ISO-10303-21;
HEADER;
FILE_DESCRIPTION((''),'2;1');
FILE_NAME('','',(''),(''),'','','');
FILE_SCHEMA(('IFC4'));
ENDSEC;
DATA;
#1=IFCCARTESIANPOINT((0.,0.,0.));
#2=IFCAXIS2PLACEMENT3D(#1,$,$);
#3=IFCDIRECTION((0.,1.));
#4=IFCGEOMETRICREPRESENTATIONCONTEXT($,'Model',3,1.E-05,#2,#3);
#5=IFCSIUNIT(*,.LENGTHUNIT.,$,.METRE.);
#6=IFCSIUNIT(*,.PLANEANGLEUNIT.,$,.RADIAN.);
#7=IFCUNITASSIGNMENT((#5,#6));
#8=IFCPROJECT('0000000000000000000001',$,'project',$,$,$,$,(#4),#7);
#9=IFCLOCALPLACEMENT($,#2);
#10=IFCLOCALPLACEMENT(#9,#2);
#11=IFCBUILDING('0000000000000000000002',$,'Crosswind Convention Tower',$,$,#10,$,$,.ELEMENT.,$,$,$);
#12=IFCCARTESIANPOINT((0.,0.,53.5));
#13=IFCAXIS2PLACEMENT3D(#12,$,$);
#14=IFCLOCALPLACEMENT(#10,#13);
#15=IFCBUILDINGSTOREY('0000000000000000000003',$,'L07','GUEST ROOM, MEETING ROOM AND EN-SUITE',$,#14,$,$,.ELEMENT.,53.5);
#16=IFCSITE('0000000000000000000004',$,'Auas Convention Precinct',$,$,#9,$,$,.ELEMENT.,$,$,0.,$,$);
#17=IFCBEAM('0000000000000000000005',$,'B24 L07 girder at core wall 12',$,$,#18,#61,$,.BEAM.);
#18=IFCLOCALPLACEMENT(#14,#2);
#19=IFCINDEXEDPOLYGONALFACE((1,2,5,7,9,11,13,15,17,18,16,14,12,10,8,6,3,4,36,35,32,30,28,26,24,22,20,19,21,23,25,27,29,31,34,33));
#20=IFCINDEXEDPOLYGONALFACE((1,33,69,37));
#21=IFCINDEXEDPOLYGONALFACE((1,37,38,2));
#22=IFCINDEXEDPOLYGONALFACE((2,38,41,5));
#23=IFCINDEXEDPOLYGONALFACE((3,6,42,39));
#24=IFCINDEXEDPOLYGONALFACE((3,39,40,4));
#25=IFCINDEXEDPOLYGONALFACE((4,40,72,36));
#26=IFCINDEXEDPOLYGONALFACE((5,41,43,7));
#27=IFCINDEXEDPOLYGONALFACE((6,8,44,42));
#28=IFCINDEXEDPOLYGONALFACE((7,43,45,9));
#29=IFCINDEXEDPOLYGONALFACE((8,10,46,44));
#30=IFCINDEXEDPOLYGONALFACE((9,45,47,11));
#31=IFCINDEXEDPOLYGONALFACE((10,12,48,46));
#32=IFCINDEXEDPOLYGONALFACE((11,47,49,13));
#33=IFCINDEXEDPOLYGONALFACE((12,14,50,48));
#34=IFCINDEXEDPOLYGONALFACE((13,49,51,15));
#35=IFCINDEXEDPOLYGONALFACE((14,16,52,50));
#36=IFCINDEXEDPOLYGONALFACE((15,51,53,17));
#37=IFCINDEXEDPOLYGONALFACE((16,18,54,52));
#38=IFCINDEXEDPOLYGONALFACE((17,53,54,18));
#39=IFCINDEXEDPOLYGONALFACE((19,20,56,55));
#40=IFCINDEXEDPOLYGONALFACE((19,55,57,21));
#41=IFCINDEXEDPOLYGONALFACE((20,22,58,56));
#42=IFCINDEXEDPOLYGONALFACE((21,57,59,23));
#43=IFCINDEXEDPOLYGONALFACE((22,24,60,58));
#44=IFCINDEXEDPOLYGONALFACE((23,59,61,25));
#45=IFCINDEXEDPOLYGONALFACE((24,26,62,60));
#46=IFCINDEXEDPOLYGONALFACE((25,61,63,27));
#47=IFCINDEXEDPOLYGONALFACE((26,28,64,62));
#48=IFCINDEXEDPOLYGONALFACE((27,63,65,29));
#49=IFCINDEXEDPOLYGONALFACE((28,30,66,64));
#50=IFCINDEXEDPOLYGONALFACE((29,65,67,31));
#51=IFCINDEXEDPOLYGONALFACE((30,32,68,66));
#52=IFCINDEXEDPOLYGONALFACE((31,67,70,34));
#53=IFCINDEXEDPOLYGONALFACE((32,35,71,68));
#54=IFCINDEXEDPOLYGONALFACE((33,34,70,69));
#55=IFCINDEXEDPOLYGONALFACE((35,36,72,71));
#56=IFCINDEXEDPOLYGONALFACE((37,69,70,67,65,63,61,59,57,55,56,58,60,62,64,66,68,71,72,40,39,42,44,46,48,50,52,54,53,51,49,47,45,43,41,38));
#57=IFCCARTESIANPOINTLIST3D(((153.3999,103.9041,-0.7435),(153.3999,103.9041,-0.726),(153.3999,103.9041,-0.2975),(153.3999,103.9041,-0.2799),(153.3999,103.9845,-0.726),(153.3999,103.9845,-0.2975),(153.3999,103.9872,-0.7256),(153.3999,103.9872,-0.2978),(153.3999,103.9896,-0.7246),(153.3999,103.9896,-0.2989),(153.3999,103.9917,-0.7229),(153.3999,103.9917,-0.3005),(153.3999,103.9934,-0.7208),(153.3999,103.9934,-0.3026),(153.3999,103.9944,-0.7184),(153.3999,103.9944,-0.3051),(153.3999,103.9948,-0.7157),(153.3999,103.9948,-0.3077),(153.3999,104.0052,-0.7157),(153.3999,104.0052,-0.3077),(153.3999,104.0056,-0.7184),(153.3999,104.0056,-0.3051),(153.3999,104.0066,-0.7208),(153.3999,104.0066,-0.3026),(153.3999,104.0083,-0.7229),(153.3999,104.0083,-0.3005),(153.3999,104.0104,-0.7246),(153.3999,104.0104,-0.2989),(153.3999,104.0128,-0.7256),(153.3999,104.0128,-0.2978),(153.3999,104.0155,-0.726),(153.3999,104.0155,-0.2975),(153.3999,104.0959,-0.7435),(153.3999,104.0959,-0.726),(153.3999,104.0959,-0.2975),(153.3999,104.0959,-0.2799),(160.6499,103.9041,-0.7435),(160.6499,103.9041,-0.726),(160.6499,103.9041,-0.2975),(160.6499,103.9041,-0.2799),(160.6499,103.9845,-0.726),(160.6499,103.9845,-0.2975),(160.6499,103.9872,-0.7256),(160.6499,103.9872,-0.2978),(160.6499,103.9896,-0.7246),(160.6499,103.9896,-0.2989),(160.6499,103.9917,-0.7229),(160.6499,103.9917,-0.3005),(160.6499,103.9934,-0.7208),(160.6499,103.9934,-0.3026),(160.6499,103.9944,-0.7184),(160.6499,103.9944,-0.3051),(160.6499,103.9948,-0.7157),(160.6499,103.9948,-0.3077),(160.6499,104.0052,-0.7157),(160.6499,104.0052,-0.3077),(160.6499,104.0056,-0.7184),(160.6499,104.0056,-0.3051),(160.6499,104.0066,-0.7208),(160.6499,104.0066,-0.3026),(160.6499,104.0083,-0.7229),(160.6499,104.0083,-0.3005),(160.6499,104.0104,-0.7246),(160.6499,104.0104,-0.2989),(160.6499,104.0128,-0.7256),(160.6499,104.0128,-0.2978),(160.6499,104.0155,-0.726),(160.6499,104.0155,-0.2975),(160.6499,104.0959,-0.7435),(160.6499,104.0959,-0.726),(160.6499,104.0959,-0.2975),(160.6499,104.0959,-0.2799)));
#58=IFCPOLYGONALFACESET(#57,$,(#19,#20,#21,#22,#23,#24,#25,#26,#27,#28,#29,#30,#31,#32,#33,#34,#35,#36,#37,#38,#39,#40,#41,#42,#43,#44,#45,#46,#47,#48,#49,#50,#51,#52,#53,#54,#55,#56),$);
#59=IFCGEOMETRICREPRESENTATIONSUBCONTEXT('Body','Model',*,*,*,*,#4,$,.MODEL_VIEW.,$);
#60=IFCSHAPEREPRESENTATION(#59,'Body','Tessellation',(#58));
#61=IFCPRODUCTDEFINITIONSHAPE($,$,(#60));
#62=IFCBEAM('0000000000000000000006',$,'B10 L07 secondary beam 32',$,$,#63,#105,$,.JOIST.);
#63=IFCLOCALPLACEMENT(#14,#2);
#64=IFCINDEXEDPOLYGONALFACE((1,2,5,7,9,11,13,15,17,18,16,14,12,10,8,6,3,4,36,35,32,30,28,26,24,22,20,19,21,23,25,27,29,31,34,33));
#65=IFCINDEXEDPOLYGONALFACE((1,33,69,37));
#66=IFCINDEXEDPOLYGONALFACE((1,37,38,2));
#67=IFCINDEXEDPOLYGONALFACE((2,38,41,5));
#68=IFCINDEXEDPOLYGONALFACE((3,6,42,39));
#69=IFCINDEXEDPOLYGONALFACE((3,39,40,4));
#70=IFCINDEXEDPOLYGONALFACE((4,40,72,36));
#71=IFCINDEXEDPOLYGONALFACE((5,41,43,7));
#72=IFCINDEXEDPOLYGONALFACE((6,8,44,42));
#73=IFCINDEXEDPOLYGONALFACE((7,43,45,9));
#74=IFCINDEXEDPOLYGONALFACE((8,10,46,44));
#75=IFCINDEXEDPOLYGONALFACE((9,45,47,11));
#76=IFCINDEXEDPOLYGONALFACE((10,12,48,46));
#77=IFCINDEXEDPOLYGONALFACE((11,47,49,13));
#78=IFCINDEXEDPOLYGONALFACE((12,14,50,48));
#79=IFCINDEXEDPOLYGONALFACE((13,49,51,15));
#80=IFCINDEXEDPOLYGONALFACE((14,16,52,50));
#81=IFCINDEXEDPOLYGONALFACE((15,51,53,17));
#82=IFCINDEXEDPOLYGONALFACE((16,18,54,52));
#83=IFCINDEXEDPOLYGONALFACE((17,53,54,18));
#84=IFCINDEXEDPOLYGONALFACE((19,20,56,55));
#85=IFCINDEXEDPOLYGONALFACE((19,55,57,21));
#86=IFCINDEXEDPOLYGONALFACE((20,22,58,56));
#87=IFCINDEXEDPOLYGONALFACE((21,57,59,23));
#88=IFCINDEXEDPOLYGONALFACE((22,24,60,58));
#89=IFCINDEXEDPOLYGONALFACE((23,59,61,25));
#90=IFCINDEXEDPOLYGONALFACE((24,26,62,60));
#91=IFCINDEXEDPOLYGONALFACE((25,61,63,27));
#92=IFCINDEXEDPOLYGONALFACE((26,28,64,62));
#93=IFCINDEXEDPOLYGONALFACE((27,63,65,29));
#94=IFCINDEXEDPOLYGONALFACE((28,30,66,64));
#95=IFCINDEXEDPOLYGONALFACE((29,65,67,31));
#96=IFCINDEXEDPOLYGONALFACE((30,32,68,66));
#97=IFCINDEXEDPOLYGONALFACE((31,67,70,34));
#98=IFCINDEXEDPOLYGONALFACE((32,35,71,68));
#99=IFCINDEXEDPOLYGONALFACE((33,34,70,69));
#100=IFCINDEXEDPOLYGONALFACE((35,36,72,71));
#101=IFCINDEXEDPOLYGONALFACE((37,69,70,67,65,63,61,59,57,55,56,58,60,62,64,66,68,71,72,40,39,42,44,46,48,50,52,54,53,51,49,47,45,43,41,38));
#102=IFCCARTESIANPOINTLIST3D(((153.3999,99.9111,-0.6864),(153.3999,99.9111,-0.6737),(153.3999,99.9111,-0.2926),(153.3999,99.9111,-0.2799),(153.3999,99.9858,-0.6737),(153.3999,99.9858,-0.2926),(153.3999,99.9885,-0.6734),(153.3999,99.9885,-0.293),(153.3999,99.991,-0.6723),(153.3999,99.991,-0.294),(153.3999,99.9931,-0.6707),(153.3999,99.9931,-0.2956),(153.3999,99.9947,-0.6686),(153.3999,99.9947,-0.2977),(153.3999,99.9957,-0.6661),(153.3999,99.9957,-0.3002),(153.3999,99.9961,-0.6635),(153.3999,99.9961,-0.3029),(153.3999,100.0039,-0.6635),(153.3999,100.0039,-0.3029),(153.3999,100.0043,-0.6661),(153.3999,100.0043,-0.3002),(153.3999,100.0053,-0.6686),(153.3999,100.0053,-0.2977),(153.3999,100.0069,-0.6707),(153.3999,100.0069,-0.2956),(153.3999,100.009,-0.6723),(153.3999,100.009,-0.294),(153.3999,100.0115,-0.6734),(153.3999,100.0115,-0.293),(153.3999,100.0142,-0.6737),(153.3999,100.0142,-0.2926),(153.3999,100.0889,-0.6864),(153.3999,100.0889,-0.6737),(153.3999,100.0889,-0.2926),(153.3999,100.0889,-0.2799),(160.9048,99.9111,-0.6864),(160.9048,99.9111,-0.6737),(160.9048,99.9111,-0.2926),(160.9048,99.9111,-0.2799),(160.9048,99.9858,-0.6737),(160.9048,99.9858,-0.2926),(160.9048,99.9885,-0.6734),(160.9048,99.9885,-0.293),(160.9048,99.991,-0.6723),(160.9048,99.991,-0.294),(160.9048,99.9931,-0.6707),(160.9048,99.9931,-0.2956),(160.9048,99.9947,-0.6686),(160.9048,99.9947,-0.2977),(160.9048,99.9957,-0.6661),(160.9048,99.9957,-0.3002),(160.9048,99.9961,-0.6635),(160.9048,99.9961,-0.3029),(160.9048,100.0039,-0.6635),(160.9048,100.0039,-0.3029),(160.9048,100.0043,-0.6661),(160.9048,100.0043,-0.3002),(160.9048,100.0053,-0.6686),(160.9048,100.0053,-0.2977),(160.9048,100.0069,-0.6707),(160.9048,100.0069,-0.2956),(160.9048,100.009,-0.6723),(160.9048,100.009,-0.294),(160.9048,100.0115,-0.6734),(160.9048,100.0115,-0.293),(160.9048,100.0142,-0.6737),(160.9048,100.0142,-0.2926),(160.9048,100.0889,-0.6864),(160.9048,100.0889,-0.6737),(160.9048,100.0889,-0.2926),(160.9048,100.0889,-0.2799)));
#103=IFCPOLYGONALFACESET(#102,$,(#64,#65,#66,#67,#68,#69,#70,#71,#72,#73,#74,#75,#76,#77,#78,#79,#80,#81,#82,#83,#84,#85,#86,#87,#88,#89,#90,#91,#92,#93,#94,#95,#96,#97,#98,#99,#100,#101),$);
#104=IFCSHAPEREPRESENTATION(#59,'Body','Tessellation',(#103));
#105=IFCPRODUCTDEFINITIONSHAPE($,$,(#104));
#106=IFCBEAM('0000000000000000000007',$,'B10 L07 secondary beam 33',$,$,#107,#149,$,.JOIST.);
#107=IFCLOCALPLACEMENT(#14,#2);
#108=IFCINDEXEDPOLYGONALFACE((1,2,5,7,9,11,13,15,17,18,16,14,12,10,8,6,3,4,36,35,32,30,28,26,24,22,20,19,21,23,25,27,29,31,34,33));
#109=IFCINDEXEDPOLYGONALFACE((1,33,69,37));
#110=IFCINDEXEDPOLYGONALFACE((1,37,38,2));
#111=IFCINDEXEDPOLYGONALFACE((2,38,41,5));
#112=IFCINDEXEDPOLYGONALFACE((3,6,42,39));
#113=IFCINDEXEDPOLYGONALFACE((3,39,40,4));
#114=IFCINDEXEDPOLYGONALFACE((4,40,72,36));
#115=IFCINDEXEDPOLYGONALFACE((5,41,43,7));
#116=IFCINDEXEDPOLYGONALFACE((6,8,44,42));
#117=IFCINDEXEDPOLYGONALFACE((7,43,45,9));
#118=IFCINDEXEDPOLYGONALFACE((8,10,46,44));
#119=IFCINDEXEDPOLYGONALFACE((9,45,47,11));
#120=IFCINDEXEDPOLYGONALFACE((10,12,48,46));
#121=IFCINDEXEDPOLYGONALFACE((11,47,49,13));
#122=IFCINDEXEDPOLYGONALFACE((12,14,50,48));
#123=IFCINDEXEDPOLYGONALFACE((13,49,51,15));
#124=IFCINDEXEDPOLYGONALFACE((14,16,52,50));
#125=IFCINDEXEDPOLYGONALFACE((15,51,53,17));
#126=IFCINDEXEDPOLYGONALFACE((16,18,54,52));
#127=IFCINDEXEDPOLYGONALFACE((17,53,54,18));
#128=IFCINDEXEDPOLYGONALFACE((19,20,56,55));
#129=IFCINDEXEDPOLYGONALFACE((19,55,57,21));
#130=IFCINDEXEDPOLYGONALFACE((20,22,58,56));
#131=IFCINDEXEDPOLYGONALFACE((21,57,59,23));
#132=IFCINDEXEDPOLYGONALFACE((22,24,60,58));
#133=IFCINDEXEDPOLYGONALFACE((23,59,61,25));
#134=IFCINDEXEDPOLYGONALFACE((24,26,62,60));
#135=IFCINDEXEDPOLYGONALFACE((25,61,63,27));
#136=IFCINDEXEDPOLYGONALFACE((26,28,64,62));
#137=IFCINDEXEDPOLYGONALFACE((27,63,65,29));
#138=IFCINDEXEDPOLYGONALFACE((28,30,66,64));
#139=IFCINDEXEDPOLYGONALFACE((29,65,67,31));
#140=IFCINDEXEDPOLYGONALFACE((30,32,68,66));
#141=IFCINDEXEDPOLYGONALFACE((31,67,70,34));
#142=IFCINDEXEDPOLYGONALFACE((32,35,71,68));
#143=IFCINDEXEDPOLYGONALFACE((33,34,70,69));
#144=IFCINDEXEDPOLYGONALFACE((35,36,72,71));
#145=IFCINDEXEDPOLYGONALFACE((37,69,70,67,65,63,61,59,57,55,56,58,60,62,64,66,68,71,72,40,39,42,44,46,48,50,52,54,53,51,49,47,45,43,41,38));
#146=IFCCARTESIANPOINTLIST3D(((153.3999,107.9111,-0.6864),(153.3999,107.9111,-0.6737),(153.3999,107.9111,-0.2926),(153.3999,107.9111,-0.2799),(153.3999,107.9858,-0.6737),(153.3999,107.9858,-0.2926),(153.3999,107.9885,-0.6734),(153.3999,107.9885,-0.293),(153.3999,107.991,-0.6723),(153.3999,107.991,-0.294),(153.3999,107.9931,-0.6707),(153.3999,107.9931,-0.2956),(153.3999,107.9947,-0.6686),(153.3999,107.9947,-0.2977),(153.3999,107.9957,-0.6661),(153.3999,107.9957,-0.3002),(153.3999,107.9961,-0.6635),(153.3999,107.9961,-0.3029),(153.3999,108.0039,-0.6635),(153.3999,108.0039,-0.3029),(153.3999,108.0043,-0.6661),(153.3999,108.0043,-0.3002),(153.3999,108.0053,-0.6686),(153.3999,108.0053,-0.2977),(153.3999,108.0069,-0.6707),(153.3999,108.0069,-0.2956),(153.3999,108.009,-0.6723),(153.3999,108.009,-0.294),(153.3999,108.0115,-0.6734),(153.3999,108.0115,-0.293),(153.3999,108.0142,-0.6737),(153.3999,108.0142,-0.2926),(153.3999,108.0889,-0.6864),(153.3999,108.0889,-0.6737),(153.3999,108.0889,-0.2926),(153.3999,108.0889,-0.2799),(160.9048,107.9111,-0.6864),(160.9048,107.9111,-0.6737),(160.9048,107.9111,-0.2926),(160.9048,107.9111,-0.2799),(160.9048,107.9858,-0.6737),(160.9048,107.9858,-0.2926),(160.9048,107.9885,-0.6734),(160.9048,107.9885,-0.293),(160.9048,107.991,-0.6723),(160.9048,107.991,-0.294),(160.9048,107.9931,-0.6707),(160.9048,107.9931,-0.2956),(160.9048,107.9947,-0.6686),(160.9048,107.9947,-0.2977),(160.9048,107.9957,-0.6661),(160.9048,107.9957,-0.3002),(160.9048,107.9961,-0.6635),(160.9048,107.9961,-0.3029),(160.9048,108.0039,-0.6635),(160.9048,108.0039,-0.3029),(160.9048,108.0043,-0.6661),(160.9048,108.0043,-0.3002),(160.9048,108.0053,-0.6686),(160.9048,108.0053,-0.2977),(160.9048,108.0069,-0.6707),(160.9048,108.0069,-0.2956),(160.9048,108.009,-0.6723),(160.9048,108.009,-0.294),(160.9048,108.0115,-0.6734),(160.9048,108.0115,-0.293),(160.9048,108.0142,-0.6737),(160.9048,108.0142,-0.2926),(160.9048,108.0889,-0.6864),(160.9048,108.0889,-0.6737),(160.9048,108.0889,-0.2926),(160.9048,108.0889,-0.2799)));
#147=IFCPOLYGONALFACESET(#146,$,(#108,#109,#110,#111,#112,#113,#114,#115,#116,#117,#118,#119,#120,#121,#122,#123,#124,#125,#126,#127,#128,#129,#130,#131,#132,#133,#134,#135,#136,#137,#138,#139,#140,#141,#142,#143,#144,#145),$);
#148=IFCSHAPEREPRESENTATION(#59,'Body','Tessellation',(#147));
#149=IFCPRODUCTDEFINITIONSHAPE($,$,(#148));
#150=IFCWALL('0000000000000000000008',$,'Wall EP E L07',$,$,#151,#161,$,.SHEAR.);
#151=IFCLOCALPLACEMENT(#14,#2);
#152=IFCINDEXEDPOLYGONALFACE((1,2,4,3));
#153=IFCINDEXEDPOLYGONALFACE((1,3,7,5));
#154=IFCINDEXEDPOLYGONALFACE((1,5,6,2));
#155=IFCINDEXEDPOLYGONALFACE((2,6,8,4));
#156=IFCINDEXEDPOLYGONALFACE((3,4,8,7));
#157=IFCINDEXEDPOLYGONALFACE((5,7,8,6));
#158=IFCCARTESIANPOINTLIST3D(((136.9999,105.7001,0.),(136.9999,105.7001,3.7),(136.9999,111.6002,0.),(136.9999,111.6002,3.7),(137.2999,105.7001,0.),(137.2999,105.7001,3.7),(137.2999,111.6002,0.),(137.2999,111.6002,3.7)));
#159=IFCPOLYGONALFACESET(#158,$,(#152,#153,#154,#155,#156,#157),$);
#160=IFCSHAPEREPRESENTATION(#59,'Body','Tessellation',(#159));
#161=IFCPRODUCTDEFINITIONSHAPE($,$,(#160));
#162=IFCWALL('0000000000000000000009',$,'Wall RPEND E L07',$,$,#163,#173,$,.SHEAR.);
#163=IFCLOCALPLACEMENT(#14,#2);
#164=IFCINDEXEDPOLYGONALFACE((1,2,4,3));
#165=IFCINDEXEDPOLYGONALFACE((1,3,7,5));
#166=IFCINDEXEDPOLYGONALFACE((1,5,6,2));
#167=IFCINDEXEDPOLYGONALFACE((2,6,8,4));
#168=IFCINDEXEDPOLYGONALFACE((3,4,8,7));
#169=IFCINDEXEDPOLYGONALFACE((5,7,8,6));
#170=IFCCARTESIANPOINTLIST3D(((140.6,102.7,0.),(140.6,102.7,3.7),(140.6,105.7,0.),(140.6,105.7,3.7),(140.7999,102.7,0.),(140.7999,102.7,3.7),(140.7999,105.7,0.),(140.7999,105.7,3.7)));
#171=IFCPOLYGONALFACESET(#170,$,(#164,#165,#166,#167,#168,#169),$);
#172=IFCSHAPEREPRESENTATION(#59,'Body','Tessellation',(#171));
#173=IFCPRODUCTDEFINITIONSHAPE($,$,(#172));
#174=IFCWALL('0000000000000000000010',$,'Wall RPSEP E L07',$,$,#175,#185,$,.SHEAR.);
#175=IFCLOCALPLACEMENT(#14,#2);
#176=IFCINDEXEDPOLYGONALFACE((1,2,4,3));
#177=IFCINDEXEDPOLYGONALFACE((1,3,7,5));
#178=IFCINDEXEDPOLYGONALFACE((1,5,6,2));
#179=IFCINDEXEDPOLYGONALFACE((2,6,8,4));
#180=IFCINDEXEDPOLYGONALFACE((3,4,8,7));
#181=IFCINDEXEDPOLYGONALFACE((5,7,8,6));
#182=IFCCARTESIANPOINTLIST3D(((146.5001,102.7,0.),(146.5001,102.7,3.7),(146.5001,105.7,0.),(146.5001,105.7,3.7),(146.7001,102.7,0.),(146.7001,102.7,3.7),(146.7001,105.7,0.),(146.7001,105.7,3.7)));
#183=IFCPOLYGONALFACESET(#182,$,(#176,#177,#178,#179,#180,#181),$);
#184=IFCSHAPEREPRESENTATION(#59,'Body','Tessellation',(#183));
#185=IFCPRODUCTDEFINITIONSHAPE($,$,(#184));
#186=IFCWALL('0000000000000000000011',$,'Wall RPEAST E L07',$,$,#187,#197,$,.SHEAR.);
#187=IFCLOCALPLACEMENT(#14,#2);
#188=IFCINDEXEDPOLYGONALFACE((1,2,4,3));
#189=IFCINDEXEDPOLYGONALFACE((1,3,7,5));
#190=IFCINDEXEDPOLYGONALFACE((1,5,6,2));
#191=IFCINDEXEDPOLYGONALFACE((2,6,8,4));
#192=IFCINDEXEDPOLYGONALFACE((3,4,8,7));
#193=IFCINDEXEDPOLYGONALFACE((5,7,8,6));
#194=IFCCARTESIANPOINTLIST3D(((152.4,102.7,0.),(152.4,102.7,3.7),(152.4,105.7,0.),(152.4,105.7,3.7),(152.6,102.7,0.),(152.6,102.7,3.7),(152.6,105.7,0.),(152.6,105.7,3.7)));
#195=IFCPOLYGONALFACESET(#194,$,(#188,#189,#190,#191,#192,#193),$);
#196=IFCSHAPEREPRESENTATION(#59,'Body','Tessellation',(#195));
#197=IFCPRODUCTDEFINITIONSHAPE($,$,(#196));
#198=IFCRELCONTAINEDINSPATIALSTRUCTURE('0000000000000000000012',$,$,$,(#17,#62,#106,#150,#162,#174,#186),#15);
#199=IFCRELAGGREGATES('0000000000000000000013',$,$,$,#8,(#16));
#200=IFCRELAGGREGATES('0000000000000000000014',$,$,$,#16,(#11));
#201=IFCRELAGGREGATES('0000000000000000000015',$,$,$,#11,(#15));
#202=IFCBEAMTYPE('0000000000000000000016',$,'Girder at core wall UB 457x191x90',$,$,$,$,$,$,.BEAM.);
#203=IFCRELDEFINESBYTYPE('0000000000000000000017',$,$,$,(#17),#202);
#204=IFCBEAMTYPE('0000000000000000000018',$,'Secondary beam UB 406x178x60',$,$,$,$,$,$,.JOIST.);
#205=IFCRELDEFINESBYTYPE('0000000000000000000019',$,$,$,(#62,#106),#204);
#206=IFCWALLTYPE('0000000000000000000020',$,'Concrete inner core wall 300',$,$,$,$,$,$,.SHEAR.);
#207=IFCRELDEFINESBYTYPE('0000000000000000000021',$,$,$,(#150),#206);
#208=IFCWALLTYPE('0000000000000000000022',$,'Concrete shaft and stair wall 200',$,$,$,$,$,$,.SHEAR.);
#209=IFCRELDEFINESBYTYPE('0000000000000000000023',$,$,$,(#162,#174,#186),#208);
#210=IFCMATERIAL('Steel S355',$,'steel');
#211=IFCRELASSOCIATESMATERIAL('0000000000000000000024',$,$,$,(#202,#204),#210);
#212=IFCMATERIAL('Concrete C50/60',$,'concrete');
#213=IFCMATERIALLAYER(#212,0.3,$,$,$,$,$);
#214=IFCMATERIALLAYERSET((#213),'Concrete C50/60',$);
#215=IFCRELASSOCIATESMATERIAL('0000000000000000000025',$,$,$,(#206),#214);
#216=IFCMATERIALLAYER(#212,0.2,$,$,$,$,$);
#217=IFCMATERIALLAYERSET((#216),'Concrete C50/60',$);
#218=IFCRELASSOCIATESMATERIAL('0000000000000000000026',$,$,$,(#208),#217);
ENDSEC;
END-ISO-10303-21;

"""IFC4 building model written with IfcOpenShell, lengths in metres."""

from ifc_helpers import new_model, si_unit, direction, frame, frame_2d, origin, origin_2d, place, context, subcontext, project, spatial, rectangle, i_section, extrude, material, layer, layer_set, material_profile, profile_set, type_object, element, save


model = new_model("IFC4")

# Units and contexts
model_context = context("Model", 3, precision=1e-05, world=origin(), true_north=direction((0.0, 1.0)))
body_context = subcontext(model_context, "Body", "Model", "MODEL_VIEW")
ifc_project = project(units=[si_unit("LENGTHUNIT", "METRE"), si_unit("PLANEANGLEUNIT", "RADIAN")], contexts=[model_context])

# Site, building, storey
site_placement = place(None, origin())
site = spatial("IfcSite", under=ifc_project, at=site_placement, Name="Auas Convention Precinct", CompositionType="ELEMENT", RefElevation=0.0)
building_placement = place(site_placement, origin())
building = spatial("IfcBuilding", under=site, at=building_placement, Name="Crosswind Convention Tower", CompositionType="ELEMENT")
storey_placement = place(building_placement, frame((0.0, 0.0, 53.5)))
storey = spatial("IfcBuildingStorey", under=building, at=storey_placement, Name="L07", Description="GUEST ROOM, MEETING ROOM AND EN-SUITE", CompositionType="ELEMENT", Elevation=53.5)

# Beams
ifc_material_1 = material(Name="Steel S355", Category="steel")
ifc_material_profile_1 = material_profile(ifc_material_1, i_section(OverallWidth=0.1919, OverallDepth=0.4636, WebThickness=0.0105, FlangeThickness=0.0176, FilletRadius=0.0103, at=origin_2d()), Name="UB 457x191x90")
ifc_profile_set_1 = profile_set([ifc_material_profile_1], Name="Steel S355")
beam_type_1 = type_object("IfcBeamType", Name="Girder at core wall UB 457x191x90", PredefinedType="BEAM", material=ifc_profile_set_1)
beam_placement = place(storey_placement, frame((153.3999, 104.0, -0.5117), z_axis=(1.0, 0.0, 0.0), x_axis=(0.0, 1.0, 0.0)))
element("IfcBeam", 1, at=beam_placement, inside=storey, type_object=beam_type_1, Name="B24 L07 girder at core wall 12", PredefinedType="BEAM", context=body_context, shape_type="SweptSolid", body=[
    extrude(i_section(OverallWidth=0.1919, OverallDepth=0.4636, WebThickness=0.0105, FlangeThickness=0.0176, FilletRadius=0.0103, at=origin_2d()), origin(), (0.0, 0.0, 1.0), 7.25),
])
ifc_material_profile_2 = material_profile(ifc_material_1, i_section(OverallWidth=0.1777, OverallDepth=0.4065, WebThickness=0.0078, FlangeThickness=0.0127, FilletRadius=0.0103, at=origin_2d()), Name="UB 406x178x60")
ifc_profile_set_2 = profile_set([ifc_material_profile_2], Name="Steel S355")
beam_type_2 = type_object("IfcBeamType", Name="Secondary beam UB 406x178x60", PredefinedType="JOIST", material=ifc_profile_set_2)
for number, where, z_axis, x_axis, name in (
    (2, (153.3999, 100.0, -0.4832), (1.0, 0.0, 0.0), (0.0, 1.0, 0.0), "B10 L07 secondary beam 32"),
    (3, (153.3999, 108.0, -0.4832), (1.0, 0.0, 0.0), (0.0, 1.0, 0.0), "B10 L07 secondary beam 33"),
):
    element("IfcBeam", number, at=place(storey_placement, frame(where, z_axis=z_axis, x_axis=x_axis)), inside=storey, type_object=beam_type_2, Name=name, PredefinedType="JOIST", context=body_context, shape_type="SweptSolid", body=[
        extrude(i_section(OverallWidth=0.1777, OverallDepth=0.4065, WebThickness=0.0078, FlangeThickness=0.0127, FilletRadius=0.0103, at=origin_2d()), origin(), (0.0, 0.0, 1.0), 7.5049),
    ])

# Walls
ifc_material_2 = material(Name="Concrete C50/60", Category="concrete")
ifc_layer_1 = layer(ifc_material_2, 0.3)
ifc_layer_set_1 = layer_set([ifc_layer_1], Name="Concrete C50/60")
wall_type_1 = type_object("IfcWallType", Name="Concrete inner core wall 300", PredefinedType="SHEAR", material=ifc_layer_set_1)
wall_1_placement = place(storey_placement, frame((137.1499, 105.7, 0.0), z_axis=(0.0, 0.0, 1.0), x_axis=(0.0, 1.0, 0.0)))
element("IfcWall", 4, at=wall_1_placement, inside=storey, type_object=wall_type_1, Name="Wall EP E L07", PredefinedType="SHEAR", context=body_context, shape_type="SweptSolid", body=[
    extrude(rectangle(XDim=5.9001, YDim=0.3, at=frame_2d((2.9502, 0.0))), origin(), (0.0, 0.0, 1.0), 3.7),
])
ifc_layer_2 = layer(ifc_material_2, 0.2)
ifc_layer_set_2 = layer_set([ifc_layer_2], Name="Concrete C50/60")
wall_type_2 = type_object("IfcWallType", Name="Concrete shaft and stair wall 200", PredefinedType="SHEAR", material=ifc_layer_set_2)
for number, where, z_axis, x_axis, name in (
    (5, (140.7, 102.7, 0.0), (0.0, 0.0, 1.0), (0.0, 1.0, 0.0), "Wall RPEND E L07"),
    (6, (146.6001, 102.7, 0.0), (0.0, 0.0, 1.0), (0.0, 1.0, 0.0), "Wall RPSEP E L07"),
    (7, (152.5, 102.7, 0.0), (0.0, 0.0, 1.0), (0.0, 1.0, 0.0), "Wall RPEAST E L07"),
):
    element("IfcWall", number, at=place(storey_placement, frame(where, z_axis=z_axis, x_axis=x_axis)), inside=storey, type_object=wall_type_2, Name=name, PredefinedType="SHEAR", context=body_context, shape_type="SweptSolid", body=[
        extrude(rectangle(XDim=3.0, YDim=0.2, at=frame_2d((1.5, 0.0))), origin(), (0.0, 0.0, 1.0), 3.7),
    ])

save(model, "model.ifc")
